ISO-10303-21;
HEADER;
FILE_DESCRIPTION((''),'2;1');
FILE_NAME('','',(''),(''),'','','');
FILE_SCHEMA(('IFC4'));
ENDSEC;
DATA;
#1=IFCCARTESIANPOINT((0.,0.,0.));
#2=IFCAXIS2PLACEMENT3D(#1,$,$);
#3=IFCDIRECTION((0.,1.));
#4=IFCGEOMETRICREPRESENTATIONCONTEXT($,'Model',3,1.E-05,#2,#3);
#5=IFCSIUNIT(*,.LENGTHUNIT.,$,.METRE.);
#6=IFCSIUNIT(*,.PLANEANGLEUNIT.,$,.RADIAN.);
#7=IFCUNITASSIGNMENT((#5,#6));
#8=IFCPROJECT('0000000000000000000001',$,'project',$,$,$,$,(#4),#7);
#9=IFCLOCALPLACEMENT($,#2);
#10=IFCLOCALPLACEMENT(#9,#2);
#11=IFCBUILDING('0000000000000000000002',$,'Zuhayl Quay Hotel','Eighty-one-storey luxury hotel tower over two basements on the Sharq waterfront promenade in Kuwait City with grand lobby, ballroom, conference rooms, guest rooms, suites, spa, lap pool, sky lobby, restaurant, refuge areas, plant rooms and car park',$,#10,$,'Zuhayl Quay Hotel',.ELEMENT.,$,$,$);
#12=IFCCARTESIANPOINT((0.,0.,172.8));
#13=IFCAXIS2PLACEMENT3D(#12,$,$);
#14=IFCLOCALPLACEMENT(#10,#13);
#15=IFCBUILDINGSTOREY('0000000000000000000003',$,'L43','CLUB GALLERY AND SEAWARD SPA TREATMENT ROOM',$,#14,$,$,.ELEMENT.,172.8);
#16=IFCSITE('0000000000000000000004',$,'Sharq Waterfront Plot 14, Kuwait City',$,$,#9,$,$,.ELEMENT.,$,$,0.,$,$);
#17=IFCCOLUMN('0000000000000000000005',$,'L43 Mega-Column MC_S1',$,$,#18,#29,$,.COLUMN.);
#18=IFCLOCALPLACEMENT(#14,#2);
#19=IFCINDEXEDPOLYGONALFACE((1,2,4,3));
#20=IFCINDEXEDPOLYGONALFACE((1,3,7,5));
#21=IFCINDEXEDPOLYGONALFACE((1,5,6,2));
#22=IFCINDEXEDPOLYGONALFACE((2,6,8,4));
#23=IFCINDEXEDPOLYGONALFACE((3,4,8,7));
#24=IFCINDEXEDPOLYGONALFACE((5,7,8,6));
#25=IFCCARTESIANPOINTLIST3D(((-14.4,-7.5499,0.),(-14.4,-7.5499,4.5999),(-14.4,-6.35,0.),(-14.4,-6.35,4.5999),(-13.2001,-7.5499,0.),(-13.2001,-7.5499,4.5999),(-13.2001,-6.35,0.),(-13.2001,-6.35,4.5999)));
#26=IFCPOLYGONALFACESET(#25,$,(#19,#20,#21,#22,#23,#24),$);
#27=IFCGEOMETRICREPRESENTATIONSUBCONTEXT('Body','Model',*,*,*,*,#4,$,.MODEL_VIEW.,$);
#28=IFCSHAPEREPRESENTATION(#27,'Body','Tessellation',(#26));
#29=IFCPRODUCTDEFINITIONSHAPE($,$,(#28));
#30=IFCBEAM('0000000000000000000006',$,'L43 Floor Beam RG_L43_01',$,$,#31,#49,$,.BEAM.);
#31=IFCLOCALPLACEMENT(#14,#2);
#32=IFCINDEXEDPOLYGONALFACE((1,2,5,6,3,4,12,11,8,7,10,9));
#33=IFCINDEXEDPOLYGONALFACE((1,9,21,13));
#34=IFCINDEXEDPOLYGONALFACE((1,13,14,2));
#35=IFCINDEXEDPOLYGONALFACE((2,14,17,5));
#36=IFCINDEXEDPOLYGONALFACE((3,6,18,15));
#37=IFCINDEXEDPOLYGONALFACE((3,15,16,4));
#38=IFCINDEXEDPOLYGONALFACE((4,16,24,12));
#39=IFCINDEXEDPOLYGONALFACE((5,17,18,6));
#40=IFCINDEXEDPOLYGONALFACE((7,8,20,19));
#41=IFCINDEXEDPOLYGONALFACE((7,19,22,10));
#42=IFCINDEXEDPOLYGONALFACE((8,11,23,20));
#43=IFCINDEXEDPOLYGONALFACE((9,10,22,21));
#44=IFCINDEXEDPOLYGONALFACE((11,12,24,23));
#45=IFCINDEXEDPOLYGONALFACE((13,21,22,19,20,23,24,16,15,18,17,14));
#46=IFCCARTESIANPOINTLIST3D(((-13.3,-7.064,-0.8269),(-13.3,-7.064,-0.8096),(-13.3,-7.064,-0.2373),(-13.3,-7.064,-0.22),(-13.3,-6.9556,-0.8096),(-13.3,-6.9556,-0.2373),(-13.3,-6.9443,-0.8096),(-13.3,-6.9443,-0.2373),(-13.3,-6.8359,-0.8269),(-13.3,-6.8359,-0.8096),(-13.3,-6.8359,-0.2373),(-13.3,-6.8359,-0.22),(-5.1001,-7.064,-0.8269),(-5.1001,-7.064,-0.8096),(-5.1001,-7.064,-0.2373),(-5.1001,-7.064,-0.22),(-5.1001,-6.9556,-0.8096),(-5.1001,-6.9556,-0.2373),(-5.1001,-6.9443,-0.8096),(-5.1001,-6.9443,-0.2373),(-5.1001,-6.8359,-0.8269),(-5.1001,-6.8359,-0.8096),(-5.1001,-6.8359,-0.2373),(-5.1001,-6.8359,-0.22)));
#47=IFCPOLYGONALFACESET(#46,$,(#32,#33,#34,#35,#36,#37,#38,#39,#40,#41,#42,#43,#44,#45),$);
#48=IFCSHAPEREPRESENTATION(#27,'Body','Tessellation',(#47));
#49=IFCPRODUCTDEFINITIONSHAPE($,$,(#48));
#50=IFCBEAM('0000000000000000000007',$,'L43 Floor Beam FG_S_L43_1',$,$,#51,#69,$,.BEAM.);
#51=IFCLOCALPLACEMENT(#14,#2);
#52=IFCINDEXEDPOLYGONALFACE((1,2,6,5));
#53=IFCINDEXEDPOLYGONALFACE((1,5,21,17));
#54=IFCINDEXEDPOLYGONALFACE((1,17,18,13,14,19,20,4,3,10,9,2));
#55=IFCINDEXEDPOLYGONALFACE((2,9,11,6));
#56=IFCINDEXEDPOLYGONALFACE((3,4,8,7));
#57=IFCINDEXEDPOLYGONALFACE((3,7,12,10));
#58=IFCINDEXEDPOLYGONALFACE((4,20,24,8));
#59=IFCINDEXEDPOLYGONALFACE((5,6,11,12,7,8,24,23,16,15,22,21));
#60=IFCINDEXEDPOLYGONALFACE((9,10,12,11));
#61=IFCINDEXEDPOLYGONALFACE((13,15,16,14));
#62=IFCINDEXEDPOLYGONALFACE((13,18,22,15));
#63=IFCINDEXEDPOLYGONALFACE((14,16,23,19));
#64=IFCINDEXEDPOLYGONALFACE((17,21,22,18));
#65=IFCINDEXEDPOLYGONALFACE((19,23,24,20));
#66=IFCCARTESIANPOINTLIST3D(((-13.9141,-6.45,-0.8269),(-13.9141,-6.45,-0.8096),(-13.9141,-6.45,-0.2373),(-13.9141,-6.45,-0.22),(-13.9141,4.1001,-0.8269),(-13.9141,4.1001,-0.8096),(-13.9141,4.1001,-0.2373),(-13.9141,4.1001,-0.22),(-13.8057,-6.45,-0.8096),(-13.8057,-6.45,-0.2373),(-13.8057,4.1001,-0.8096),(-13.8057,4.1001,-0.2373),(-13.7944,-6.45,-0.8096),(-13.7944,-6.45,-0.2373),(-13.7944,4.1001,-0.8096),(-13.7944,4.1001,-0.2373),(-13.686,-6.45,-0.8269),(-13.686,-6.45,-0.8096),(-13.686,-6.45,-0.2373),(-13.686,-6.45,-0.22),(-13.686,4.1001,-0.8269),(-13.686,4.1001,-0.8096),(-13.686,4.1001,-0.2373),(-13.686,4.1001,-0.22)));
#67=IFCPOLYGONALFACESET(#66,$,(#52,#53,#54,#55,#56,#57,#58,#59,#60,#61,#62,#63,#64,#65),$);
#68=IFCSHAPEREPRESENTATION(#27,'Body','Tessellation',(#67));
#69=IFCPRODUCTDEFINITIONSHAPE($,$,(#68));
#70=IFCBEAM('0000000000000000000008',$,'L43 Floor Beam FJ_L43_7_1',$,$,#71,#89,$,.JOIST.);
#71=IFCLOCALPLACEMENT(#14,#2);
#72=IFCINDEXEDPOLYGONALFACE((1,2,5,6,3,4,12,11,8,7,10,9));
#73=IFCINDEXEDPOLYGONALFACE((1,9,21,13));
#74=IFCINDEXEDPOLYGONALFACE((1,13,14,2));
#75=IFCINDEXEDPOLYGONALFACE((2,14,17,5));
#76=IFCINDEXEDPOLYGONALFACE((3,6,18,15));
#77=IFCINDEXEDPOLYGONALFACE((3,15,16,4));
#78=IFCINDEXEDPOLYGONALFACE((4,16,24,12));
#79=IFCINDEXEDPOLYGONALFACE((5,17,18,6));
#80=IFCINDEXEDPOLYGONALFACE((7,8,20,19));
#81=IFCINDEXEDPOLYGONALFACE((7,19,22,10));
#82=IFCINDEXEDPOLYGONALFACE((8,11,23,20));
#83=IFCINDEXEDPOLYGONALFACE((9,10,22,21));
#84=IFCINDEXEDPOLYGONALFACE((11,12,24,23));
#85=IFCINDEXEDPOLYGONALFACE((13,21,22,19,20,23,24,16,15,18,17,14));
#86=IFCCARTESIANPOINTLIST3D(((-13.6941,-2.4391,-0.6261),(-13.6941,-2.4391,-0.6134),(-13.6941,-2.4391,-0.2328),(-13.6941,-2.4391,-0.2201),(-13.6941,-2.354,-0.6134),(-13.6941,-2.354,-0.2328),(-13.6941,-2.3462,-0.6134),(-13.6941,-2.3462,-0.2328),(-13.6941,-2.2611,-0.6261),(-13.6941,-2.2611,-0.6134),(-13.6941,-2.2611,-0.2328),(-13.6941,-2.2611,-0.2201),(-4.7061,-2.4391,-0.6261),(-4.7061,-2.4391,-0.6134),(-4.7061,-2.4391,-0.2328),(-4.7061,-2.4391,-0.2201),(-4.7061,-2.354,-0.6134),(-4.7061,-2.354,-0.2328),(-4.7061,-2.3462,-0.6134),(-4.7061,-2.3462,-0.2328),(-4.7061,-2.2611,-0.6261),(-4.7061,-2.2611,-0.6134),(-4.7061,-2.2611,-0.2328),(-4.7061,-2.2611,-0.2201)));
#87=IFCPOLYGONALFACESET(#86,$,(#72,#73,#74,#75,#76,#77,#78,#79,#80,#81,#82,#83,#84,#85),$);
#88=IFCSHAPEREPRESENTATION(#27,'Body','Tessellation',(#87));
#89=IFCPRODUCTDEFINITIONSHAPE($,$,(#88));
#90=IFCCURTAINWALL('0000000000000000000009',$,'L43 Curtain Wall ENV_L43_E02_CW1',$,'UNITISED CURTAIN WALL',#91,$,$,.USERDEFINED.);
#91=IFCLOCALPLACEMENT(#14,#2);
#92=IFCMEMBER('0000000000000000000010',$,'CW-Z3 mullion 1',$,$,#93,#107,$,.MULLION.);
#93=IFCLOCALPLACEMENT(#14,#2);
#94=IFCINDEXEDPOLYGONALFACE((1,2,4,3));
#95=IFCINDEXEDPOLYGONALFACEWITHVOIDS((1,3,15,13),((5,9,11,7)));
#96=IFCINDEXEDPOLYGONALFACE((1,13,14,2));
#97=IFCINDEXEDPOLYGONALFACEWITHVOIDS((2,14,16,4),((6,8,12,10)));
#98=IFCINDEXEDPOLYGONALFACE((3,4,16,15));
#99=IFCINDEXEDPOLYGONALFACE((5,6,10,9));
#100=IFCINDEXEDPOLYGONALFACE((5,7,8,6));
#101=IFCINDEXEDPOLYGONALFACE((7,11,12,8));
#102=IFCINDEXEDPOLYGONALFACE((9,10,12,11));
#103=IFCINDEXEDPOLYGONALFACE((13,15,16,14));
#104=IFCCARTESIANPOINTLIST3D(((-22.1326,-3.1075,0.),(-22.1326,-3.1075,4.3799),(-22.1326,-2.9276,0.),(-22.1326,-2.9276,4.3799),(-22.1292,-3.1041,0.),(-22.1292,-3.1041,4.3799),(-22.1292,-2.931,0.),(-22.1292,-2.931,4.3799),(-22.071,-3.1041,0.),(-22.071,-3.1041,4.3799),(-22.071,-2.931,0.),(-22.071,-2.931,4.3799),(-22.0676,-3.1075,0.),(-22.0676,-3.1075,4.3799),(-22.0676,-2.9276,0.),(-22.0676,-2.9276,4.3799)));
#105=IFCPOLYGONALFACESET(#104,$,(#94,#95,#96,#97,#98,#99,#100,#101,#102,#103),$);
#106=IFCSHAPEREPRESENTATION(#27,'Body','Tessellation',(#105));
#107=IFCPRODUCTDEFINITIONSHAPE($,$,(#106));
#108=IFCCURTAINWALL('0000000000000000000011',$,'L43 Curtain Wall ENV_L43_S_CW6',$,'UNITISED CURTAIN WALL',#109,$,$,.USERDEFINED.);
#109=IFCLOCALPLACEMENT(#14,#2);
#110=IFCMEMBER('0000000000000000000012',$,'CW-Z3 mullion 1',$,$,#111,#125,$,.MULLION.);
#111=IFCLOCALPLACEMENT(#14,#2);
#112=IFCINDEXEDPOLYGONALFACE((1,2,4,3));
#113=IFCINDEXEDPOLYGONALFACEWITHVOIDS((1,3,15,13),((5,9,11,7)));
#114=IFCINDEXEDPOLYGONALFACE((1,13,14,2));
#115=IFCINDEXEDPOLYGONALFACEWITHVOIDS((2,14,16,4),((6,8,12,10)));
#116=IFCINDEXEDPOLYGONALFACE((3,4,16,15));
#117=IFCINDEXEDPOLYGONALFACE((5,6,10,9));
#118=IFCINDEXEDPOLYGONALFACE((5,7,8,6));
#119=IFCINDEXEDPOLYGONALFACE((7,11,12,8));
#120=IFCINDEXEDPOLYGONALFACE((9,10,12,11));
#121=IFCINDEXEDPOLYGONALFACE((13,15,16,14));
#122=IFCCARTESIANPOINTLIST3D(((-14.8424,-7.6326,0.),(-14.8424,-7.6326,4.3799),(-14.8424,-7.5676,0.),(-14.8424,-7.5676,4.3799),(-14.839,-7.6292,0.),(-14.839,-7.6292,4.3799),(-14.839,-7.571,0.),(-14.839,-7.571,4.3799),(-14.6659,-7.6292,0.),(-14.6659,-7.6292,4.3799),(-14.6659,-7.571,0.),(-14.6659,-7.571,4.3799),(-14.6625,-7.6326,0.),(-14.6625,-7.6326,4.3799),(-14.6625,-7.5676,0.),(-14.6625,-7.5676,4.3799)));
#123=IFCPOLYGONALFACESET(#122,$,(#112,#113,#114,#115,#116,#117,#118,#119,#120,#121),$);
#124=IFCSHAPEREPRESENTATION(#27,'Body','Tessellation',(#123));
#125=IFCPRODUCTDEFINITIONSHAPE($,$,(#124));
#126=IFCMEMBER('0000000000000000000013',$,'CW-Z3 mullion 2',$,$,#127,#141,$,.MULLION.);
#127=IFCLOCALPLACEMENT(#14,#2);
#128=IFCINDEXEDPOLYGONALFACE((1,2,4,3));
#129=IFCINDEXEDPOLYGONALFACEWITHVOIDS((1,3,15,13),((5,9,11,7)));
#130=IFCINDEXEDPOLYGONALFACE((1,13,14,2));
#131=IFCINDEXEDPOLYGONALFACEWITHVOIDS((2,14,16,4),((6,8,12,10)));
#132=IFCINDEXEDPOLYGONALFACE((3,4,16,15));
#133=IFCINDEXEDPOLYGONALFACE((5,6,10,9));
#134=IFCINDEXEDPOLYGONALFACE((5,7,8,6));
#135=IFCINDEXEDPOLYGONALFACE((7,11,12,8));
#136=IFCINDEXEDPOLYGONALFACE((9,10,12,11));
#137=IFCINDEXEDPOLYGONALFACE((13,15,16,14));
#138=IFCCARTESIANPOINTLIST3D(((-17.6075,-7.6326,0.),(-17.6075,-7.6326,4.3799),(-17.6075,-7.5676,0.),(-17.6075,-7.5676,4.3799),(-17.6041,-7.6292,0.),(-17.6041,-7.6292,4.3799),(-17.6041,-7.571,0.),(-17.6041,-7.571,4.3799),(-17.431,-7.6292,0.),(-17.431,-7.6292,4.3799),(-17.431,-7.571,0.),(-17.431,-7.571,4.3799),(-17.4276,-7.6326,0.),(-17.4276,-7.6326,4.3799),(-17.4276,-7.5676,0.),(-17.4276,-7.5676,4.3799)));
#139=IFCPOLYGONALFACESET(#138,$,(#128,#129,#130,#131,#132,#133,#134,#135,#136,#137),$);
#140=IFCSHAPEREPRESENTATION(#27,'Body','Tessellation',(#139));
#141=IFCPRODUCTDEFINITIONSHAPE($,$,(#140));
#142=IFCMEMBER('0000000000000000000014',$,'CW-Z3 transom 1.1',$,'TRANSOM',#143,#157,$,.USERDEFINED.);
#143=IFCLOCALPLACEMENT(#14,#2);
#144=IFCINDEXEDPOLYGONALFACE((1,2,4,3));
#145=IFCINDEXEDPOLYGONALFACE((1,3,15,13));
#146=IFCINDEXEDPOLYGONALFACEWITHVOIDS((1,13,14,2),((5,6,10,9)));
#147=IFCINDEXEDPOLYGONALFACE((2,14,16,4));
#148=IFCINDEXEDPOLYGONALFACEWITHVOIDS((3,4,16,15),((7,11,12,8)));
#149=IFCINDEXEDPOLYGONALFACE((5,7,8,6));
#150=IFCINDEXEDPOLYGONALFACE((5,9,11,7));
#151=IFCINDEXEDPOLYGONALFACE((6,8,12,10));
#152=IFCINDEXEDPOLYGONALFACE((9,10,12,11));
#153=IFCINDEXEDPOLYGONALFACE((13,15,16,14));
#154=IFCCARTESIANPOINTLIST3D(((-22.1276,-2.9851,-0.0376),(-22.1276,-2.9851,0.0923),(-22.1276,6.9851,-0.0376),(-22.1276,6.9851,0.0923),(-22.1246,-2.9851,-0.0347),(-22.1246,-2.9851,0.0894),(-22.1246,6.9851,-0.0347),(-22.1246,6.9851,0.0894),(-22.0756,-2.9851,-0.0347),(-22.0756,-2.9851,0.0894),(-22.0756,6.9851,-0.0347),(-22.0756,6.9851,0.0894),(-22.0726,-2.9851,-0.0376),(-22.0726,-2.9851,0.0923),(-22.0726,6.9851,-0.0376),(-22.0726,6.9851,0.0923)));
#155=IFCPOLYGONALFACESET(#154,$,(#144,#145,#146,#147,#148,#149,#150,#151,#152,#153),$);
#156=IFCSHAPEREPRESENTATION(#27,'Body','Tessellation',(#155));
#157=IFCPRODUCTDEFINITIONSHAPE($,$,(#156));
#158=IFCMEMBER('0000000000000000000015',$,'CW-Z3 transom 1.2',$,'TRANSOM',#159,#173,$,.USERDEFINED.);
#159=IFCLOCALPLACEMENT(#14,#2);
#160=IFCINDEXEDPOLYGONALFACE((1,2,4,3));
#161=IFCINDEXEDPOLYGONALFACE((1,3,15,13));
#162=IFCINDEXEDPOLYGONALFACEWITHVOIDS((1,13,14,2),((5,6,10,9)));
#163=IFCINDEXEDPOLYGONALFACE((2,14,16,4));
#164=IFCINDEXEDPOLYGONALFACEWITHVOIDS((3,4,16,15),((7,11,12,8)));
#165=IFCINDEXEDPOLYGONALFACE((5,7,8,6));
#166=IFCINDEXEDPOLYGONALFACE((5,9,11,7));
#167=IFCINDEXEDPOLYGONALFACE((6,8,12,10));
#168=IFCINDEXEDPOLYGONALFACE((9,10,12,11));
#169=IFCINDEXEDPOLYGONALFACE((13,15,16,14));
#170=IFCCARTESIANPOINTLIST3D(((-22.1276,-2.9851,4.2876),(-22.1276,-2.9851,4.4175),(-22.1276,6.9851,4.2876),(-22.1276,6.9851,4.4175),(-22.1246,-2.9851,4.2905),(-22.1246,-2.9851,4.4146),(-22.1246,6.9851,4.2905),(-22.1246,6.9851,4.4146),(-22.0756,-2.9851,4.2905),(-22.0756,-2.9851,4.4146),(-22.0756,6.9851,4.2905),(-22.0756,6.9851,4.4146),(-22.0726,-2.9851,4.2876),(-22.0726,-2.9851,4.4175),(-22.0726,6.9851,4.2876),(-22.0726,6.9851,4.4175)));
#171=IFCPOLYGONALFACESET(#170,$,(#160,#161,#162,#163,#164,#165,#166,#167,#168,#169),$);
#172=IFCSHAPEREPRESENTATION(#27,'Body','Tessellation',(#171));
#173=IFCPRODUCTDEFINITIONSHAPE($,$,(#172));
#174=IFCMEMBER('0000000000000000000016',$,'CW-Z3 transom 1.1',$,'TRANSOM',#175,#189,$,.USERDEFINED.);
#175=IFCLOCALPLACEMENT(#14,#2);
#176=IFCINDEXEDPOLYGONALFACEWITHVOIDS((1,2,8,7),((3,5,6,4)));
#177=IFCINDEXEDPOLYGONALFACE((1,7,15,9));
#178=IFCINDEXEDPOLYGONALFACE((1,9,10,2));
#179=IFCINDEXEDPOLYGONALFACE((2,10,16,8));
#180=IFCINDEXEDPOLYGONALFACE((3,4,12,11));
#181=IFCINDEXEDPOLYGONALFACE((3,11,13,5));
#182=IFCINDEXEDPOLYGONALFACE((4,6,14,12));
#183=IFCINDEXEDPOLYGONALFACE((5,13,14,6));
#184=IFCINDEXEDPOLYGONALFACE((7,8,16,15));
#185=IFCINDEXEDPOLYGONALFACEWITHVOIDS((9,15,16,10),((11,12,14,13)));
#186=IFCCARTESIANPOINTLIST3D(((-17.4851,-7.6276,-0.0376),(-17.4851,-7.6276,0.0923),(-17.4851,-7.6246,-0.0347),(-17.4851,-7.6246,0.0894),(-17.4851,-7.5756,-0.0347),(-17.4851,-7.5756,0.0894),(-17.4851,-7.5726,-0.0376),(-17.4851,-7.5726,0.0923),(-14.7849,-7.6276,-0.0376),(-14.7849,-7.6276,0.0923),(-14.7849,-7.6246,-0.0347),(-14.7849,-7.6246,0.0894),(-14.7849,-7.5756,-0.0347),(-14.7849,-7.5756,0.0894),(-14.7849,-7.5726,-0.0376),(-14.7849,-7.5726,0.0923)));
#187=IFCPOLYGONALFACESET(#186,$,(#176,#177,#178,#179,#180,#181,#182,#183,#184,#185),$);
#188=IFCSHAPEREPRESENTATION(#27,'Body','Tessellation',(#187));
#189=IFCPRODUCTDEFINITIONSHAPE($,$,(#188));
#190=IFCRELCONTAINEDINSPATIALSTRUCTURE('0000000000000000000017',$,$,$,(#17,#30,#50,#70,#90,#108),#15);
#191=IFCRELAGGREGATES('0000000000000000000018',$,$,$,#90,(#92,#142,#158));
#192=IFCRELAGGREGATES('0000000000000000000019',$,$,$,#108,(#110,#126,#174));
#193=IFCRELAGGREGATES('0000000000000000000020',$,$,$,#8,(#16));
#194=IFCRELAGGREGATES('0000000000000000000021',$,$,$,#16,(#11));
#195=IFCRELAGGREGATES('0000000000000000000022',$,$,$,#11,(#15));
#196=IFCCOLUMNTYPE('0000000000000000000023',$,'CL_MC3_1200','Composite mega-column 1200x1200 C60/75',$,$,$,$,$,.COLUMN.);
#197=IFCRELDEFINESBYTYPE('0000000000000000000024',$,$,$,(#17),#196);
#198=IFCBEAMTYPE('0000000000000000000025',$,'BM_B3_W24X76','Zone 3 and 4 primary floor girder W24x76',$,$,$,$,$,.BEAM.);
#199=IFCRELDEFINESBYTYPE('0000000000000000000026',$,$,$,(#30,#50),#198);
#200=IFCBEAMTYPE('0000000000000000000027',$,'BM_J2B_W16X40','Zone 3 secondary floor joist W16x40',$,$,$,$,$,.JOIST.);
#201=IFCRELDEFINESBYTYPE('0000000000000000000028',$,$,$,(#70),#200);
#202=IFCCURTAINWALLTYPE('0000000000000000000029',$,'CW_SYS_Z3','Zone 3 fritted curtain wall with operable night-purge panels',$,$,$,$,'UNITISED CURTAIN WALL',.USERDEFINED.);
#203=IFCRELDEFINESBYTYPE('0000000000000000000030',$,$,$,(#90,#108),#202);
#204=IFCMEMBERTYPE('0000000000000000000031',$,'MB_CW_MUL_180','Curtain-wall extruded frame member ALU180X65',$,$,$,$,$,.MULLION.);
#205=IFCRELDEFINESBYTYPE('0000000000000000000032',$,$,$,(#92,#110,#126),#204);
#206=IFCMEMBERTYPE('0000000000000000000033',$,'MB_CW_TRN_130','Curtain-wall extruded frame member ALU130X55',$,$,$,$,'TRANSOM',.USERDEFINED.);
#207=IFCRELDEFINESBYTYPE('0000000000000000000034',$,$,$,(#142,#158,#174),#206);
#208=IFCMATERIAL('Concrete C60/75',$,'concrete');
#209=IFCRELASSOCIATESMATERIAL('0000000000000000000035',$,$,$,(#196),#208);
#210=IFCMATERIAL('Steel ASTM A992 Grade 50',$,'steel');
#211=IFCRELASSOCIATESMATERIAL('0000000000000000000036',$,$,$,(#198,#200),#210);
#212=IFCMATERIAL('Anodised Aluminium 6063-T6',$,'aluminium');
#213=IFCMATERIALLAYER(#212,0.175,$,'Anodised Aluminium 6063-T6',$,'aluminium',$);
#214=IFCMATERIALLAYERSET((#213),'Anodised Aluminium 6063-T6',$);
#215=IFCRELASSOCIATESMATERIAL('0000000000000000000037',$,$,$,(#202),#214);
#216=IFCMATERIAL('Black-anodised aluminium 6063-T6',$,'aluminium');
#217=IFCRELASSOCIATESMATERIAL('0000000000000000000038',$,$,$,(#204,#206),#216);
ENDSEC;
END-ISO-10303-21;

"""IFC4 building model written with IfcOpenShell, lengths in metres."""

from ifc_helpers import new_model, si_unit, direction, frame, origin, origin_2d, place, context, subcontext, project, spatial, rectangle, hollow_rectangle, i_section, extrude, material, layer, layer_set, material_profile, profile_set, type_object, element, aggregate, save


model = new_model("IFC4")

# Units and contexts
model_context = context("Model", 3, precision=1e-05, world=origin(), true_north=direction((0.0, 1.0)))
body_context = subcontext(model_context, "Body", "Model", "MODEL_VIEW")
ifc_project = project(units=[si_unit("LENGTHUNIT", "METRE"), si_unit("PLANEANGLEUNIT", "RADIAN")], contexts=[model_context])

# Site, building, storey
site_placement = place(None, origin())
site = spatial("IfcSite", under=ifc_project, at=site_placement, Name="Sharq Waterfront Plot 14, Kuwait City", CompositionType="ELEMENT", RefElevation=0.0)
building_placement = place(site_placement, origin())
building = spatial("IfcBuilding", under=site, at=building_placement, Name="Zuhayl Quay Hotel", Description="Eighty-one-storey luxury hotel tower over two basements on the Sharq waterfront promenade in Kuwait City with grand lobby, ballroom, conference rooms, guest rooms, suites, spa, lap pool, sky lobby, restaurant, refuge areas, plant rooms and car park", LongName="Zuhayl Quay Hotel", CompositionType="ELEMENT")
storey_placement = place(building_placement, frame((0.0, 0.0, 172.8)))
storey = spatial("IfcBuildingStorey", under=building, at=storey_placement, Name="L43", Description="CLUB GALLERY AND SEAWARD SPA TREATMENT ROOM", CompositionType="ELEMENT", Elevation=172.8)

# Column
ifc_material_1 = material(Name="Concrete C60/75", Category="concrete")
ifc_material_profile_1 = material_profile(ifc_material_1, rectangle(XDim=1.2, YDim=1.2, at=origin_2d()), Name="RC1200X1200")
ifc_profile_set_1 = profile_set([ifc_material_profile_1], Name="Concrete C60/75")
column_type = type_object("IfcColumnType", Name="CL_MC3_1200", Description="Composite mega-column 1200x1200 C60/75", PredefinedType="COLUMN", material=ifc_profile_set_1)
column_placement = place(storey_placement, frame((-13.8, -6.95, 0.0), z_axis=(0.0, 0.0, 1.0), x_axis=(1.0, 0.0, 0.0)))
element("IfcColumn", 1, at=column_placement, inside=storey, type_object=column_type, Name="L43 Mega-Column MC_S1", PredefinedType="COLUMN", context=body_context, shape_type="SweptSolid", body=[
    extrude(rectangle(XDim=1.2, YDim=1.2, at=origin_2d()), origin(), (0.0, 0.0, 1.0), 4.5999),
])

# Beams
ifc_material_2 = material(Name="Steel ASTM A992 Grade 50", Category="steel")
ifc_material_profile_2 = material_profile(ifc_material_2, i_section(OverallWidth=0.228, OverallDepth=0.6069, WebThickness=0.0112, FlangeThickness=0.0173, at=origin_2d()), Name="W24X76")
ifc_profile_set_2 = profile_set([ifc_material_profile_2], Name="Steel ASTM A992 Grade 50")
beam_type_1 = type_object("IfcBeamType", Name="BM_B3_W24X76", Description="Zone 3 and 4 primary floor girder W24x76", PredefinedType="BEAM", material=ifc_profile_set_2)
beam_1_placement = place(storey_placement, frame((-13.3, -6.95, -0.5234), z_axis=(1.0, 0.0, 0.0), x_axis=(0.0, 1.0, 0.0)))
element("IfcBeam", 2, at=beam_1_placement, inside=storey, type_object=beam_type_1, Name="L43 Floor Beam RG_L43_01", PredefinedType="BEAM", context=body_context, shape_type="SweptSolid", body=[
    extrude(i_section(OverallWidth=0.228, OverallDepth=0.6069, WebThickness=0.0112, FlangeThickness=0.0173, at=origin_2d()), origin(), (0.0, 0.0, 1.0), 8.2),
])
beam_2_placement = place(storey_placement, frame((-13.8, -6.45, -0.5234), z_axis=(0.0, 1.0, 0.0), x_axis=(-1.0, 0.0, 0.0)))
element("IfcBeam", 3, at=beam_2_placement, inside=storey, type_object=beam_type_1, Name="L43 Floor Beam FG_S_L43_1", PredefinedType="BEAM", context=body_context, shape_type="SweptSolid", body=[
    extrude(i_section(OverallWidth=0.228, OverallDepth=0.6069, WebThickness=0.0112, FlangeThickness=0.0173, at=origin_2d()), origin(), (0.0, 0.0, 1.0), 10.55),
])
ifc_material_profile_3 = material_profile(ifc_material_2, i_section(OverallWidth=0.178, OverallDepth=0.406, WebThickness=0.0078, FlangeThickness=0.0127, at=origin_2d()), Name="W16X40")
ifc_profile_set_3 = profile_set([ifc_material_profile_3], Name="Steel ASTM A992 Grade 50")
beam_type_2 = type_object("IfcBeamType", Name="BM_J2B_W16X40", Description="Zone 3 secondary floor joist W16x40", PredefinedType="JOIST", material=ifc_profile_set_3)
beam_3_placement = place(storey_placement, frame((-13.6941, -2.3501, -0.4231), z_axis=(1.0, 0.0, 0.0), x_axis=(0.0, 1.0, 0.0)))
element("IfcBeam", 4, at=beam_3_placement, inside=storey, type_object=beam_type_2, Name="L43 Floor Beam FJ_L43_7_1", PredefinedType="JOIST", context=body_context, shape_type="SweptSolid", body=[
    extrude(i_section(OverallWidth=0.178, OverallDepth=0.406, WebThickness=0.0078, FlangeThickness=0.0127, at=origin_2d()), origin(), (0.0, 0.0, 1.0), 8.988),
])

# Curtain wall, member
ifc_material_3 = material(Name="Anodised Aluminium 6063-T6", Category="aluminium")
ifc_layer_1 = layer(ifc_material_3, 0.175, Name="Anodised Aluminium 6063-T6", Category="aluminium")
ifc_layer_set_1 = layer_set([ifc_layer_1], Name="Anodised Aluminium 6063-T6")
curtain_wall_type = type_object("IfcCurtainWallType", Name="CW_SYS_Z3", Description="Zone 3 fritted curtain wall with operable night-purge panels", ElementType="UNITISED CURTAIN WALL", PredefinedType="USERDEFINED", material=ifc_layer_set_1)
curtain_wall_1_placement = place(storey_placement, origin())
curtain_wall_1 = element("IfcCurtainWall", 5, at=curtain_wall_1_placement, inside=storey, type_object=curtain_wall_type, Name="L43 Curtain Wall ENV_L43_E02_CW1", ObjectType="UNITISED CURTAIN WALL", PredefinedType="USERDEFINED")
ifc_material_4 = material(Name="Black-anodised aluminium 6063-T6", Category="aluminium")
ifc_material_profile_4 = material_profile(ifc_material_4, hollow_rectangle(XDim=0.0649, YDim=0.1799, WallThickness=0.0034, at=origin_2d()), Name="ALU180X65")
ifc_profile_set_4 = profile_set([ifc_material_profile_4], Name="Black-anodised aluminium 6063-T6")
member_type_1 = type_object("IfcMemberType", Name="MB_CW_MUL_180", Description="Curtain-wall extruded frame member ALU180X65", PredefinedType="MULLION", material=ifc_profile_set_4)
member_1_placement = place(storey_placement, frame((-22.1001, -3.0176, 0.0), z_axis=(0.0, 0.0, 1.0), x_axis=(-1.0, 0.0, 0.0)))
member_1 = element("IfcMember", 6, at=member_1_placement, type_object=member_type_1, Name="CW-Z3 mullion 1", PredefinedType="MULLION", context=body_context, shape_type="SweptSolid", body=[
    extrude(hollow_rectangle(XDim=0.0649, YDim=0.1799, WallThickness=0.0034, at=origin_2d()), origin(), (0.0, 0.0, 1.0), 4.3799),
])

# Curtain wall, members
curtain_wall_2_placement = place(storey_placement, origin())
curtain_wall_2 = element("IfcCurtainWall", 7, at=curtain_wall_2_placement, inside=storey, type_object=curtain_wall_type, Name="L43 Curtain Wall ENV_L43_S_CW6", ObjectType="UNITISED CURTAIN WALL", PredefinedType="USERDEFINED")
member_2_placement = place(storey_placement, frame((-14.7524, -7.6001, 0.0), z_axis=(0.0, 0.0, 1.0), x_axis=(0.0, -1.0, 0.0)))
member_2 = element("IfcMember", 8, at=member_2_placement, type_object=member_type_1, Name="CW-Z3 mullion 1", PredefinedType="MULLION", context=body_context, shape_type="SweptSolid", body=[
    extrude(hollow_rectangle(XDim=0.0649, YDim=0.1799, WallThickness=0.0034, at=origin_2d()), origin(), (0.0, 0.0, 1.0), 4.3799),
])
member_3_placement = place(storey_placement, frame((-17.5176, -7.6001, 0.0), z_axis=(0.0, 0.0, 1.0), x_axis=(0.0, -1.0, 0.0)))
member_3 = element("IfcMember", 9, at=member_3_placement, type_object=member_type_1, Name="CW-Z3 mullion 2", PredefinedType="MULLION", context=body_context, shape_type="SweptSolid", body=[
    extrude(hollow_rectangle(XDim=0.0649, YDim=0.1799, WallThickness=0.0034, at=origin_2d()), origin(), (0.0, 0.0, 1.0), 4.3799),
])

# Members
ifc_material_profile_5 = material_profile(ifc_material_4, hollow_rectangle(XDim=0.0549, YDim=0.1299, WallThickness=0.0029, at=origin_2d()), Name="ALU130X55")
ifc_profile_set_5 = profile_set([ifc_material_profile_5], Name="Black-anodised aluminium 6063-T6")
member_type_2 = type_object("IfcMemberType", Name="MB_CW_TRN_130", Description="Curtain-wall extruded frame member ALU130X55", ElementType="TRANSOM", PredefinedType="USERDEFINED", material=ifc_profile_set_5)
member_4_placement = place(storey_placement, frame((-22.1001, -2.9851, 0.0273), z_axis=(0.0, 1.0, 0.0), x_axis=(-1.0, 0.0, 0.0)))
member_4 = element("IfcMember", 10, at=member_4_placement, type_object=member_type_2, Name="CW-Z3 transom 1.1", ObjectType="TRANSOM", PredefinedType="USERDEFINED", context=body_context, shape_type="SweptSolid", body=[
    extrude(hollow_rectangle(XDim=0.0549, YDim=0.1299, WallThickness=0.0029, at=origin_2d()), origin(), (0.0, 0.0, 1.0), 9.9702),
])
member_5_placement = place(storey_placement, frame((-22.1001, -2.9851, 4.3525), z_axis=(0.0, 1.0, 0.0), x_axis=(-1.0, 0.0, 0.0)))
member_5 = element("IfcMember", 11, at=member_5_placement, type_object=member_type_2, Name="CW-Z3 transom 1.2", ObjectType="TRANSOM", PredefinedType="USERDEFINED", context=body_context, shape_type="SweptSolid", body=[
    extrude(hollow_rectangle(XDim=0.0549, YDim=0.1299, WallThickness=0.0029, at=origin_2d()), origin(), (0.0, 0.0, 1.0), 9.9702),
])
aggregate(curtain_wall_1, [member_1, member_4, member_5])
member_6_placement = place(storey_placement, frame((-14.7849, -7.6001, 0.0273), z_axis=(-1.0, 0.0, 0.0), x_axis=(0.0, -1.0, 0.0)))
member_6 = element("IfcMember", 12, at=member_6_placement, type_object=member_type_2, Name="CW-Z3 transom 1.1", ObjectType="TRANSOM", PredefinedType="USERDEFINED", context=body_context, shape_type="SweptSolid", body=[
    extrude(hollow_rectangle(XDim=0.0549, YDim=0.1299, WallThickness=0.0029, at=origin_2d()), origin(), (0.0, 0.0, 1.0), 2.7002),
])

aggregate(curtain_wall_2, [member_2, member_3, member_6])

save(model, "model.ifc")
